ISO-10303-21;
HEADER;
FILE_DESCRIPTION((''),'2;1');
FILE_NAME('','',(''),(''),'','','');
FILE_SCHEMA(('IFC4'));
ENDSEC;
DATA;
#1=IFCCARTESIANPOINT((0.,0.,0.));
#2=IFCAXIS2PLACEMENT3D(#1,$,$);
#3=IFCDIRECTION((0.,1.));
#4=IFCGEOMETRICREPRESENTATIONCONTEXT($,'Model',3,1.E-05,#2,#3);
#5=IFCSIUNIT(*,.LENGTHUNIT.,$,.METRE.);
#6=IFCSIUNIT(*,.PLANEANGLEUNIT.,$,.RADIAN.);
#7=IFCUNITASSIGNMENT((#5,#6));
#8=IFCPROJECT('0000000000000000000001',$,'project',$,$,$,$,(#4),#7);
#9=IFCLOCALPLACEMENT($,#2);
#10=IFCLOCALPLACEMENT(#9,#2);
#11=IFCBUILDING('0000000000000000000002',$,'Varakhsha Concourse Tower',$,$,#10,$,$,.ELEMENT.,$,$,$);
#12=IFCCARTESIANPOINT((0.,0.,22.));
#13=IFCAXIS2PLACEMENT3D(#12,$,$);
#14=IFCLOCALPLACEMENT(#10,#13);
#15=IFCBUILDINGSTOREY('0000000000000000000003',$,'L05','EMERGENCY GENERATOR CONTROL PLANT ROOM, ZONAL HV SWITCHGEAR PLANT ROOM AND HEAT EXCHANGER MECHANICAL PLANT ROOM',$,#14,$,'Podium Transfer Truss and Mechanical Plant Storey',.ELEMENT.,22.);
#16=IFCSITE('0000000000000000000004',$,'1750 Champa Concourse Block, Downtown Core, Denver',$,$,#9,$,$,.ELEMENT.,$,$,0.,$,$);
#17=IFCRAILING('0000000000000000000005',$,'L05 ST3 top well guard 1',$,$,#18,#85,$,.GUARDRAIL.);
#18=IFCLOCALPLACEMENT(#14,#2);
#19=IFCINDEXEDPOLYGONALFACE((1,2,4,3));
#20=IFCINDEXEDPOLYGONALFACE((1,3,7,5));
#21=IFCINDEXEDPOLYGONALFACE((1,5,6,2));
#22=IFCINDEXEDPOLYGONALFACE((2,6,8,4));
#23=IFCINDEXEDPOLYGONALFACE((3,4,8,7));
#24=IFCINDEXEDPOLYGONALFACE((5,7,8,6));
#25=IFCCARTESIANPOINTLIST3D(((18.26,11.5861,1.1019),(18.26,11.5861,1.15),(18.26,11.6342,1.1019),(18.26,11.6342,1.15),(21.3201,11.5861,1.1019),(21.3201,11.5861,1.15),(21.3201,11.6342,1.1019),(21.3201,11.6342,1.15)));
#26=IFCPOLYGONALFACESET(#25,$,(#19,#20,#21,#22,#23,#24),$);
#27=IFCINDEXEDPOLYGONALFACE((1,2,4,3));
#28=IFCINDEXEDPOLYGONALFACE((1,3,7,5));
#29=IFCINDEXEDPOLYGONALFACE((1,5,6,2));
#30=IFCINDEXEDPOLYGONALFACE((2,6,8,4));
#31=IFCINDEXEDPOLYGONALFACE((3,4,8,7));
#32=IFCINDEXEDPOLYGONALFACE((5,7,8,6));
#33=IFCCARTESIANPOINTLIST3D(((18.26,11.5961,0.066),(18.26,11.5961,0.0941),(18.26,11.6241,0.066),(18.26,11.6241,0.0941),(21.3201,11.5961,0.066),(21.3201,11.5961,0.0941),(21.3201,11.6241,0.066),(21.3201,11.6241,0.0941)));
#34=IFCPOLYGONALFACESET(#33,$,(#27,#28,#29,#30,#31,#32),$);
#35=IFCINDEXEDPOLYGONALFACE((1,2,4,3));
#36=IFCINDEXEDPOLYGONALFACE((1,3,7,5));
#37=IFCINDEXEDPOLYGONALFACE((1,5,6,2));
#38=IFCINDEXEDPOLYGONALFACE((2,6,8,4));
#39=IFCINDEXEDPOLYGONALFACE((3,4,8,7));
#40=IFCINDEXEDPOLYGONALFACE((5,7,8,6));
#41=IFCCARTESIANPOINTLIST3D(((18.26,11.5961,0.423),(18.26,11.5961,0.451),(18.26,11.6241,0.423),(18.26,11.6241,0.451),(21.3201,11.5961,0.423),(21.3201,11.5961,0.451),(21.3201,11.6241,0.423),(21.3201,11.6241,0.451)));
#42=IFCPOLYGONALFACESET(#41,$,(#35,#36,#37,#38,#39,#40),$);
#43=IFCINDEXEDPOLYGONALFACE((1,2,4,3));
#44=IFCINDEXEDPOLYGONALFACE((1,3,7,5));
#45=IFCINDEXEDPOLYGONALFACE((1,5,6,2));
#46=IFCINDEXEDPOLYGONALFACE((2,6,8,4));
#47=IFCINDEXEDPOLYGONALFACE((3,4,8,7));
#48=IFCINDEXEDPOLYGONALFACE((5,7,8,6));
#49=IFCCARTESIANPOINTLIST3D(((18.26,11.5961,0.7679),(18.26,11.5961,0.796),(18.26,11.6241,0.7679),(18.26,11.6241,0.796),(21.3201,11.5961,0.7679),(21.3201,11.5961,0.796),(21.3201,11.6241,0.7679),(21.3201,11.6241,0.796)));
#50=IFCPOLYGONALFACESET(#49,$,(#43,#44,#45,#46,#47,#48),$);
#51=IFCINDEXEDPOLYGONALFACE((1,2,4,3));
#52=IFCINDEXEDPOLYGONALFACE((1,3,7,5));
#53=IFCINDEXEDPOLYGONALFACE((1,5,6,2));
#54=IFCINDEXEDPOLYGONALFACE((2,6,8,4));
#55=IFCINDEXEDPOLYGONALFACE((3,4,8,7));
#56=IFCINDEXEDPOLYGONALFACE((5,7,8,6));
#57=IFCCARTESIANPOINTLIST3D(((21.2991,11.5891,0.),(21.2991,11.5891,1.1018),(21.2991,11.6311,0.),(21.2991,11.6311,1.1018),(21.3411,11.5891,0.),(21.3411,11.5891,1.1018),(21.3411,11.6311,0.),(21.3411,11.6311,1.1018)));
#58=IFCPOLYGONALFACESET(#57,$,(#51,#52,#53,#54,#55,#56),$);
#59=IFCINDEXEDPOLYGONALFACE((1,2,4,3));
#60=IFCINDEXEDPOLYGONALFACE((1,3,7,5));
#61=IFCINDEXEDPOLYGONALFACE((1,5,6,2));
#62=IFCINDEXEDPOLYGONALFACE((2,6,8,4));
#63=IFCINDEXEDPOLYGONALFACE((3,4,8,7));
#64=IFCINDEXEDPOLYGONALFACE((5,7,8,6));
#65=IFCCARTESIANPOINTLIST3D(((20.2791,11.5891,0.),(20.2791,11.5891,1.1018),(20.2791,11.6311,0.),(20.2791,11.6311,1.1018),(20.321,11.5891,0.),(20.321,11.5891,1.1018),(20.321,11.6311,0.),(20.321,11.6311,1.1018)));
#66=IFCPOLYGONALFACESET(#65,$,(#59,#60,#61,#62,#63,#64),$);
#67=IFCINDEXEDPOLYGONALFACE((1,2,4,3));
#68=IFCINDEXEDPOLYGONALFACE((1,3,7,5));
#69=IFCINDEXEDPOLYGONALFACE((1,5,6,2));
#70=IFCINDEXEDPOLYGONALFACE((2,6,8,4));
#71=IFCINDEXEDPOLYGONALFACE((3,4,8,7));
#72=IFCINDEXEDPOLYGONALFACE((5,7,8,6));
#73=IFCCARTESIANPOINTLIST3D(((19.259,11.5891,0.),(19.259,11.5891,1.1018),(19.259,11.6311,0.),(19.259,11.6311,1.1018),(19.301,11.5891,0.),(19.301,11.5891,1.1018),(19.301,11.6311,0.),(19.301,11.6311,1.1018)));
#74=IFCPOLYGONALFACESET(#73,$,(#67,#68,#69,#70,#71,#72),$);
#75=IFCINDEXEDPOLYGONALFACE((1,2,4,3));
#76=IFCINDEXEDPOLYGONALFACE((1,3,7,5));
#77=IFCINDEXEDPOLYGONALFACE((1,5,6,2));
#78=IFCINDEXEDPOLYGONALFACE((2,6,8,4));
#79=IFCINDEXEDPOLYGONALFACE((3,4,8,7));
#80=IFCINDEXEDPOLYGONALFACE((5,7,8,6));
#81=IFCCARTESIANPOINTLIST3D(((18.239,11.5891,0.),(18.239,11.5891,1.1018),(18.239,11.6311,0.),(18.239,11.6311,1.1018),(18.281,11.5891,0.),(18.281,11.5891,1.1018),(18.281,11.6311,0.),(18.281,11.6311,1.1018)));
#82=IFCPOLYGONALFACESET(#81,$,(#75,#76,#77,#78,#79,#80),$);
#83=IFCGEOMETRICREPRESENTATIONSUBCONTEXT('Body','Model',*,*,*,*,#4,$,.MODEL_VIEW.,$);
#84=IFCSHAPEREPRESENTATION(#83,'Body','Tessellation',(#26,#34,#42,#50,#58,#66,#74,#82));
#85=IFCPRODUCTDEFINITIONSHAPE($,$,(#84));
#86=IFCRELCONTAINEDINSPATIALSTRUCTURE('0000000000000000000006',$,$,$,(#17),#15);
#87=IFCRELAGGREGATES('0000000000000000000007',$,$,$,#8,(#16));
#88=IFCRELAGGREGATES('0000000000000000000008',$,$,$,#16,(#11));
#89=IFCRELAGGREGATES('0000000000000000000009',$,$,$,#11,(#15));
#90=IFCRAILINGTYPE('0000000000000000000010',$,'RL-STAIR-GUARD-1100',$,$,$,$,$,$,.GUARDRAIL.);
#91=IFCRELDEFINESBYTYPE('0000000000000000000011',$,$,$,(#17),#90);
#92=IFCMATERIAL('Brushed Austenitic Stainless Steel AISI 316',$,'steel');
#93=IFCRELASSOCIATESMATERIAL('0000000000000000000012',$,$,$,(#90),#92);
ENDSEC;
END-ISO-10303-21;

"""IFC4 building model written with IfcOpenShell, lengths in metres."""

from ifc_helpers import new_model, si_unit, direction, frame, origin, origin_2d, place, context, subcontext, project, spatial, rectangle, extrude, material, type_object, element, save


model = new_model("IFC4")

# Units and contexts
model_context = context("Model", 3, precision=1e-05, world=origin(), true_north=direction((0.0, 1.0)))
body_context = subcontext(model_context, "Body", "Model", "MODEL_VIEW")
ifc_project = project(units=[si_unit("LENGTHUNIT", "METRE"), si_unit("PLANEANGLEUNIT", "RADIAN")], contexts=[model_context])

# Site, building, storey
site_placement = place(None, origin())
site = spatial("IfcSite", under=ifc_project, at=site_placement, Name="1750 Champa Concourse Block, Downtown Core, Denver", CompositionType="ELEMENT", RefElevation=0.0)
building_placement = place(site_placement, origin())
building = spatial("IfcBuilding", under=site, at=building_placement, Name="Varakhsha Concourse Tower", CompositionType="ELEMENT")
storey_placement = place(building_placement, frame((0.0, 0.0, 22.0)))
storey = spatial("IfcBuildingStorey", under=building, at=storey_placement, Name="L05", Description="EMERGENCY GENERATOR CONTROL PLANT ROOM, ZONAL HV SWITCHGEAR PLANT ROOM AND HEAT EXCHANGER MECHANICAL PLANT ROOM", LongName="Podium Transfer Truss and Mechanical Plant Storey", CompositionType="ELEMENT", Elevation=22.0)

# Railing
ifc_material_1 = material(Name="Brushed Austenitic Stainless Steel AISI 316", Category="steel")
railing_type = type_object("IfcRailingType", Name="RL-STAIR-GUARD-1100", PredefinedType="GUARDRAIL", material=ifc_material_1)
railing_placement = place(storey_placement, frame((21.3201, 11.6101, 0.0)))
element("IfcRailing", 1, at=railing_placement, inside=storey, type_object=railing_type, Name="L05 ST3 top well guard 1", PredefinedType="GUARDRAIL", context=body_context, shape_type="SweptSolid", body=[
    extrude(rectangle(XDim=0.0481, YDim=0.0481, at=origin_2d()), frame((0.0, 0.0, 1.126), z_axis=(-1.0, 0.0, 0.0), x_axis=(0.0, -1.0, 0.0)), (0.0, 0.0, 1.0), 3.0601),
    extrude(rectangle(XDim=0.0281, YDim=0.0281, at=origin_2d()), frame((0.0, 0.0, 0.0801), z_axis=(-1.0, 0.0, 0.0), x_axis=(0.0, -1.0, 0.0)), (0.0, 0.0, 1.0), 3.0601),
    extrude(rectangle(XDim=0.0281, YDim=0.0281, at=origin_2d()), frame((0.0, 0.0, 0.437), z_axis=(-1.0, 0.0, 0.0), x_axis=(0.0, -1.0, 0.0)), (0.0, 0.0, 1.0), 3.0601),
    extrude(rectangle(XDim=0.0281, YDim=0.0281, at=origin_2d()), frame((0.0, 0.0, 0.782), z_axis=(-1.0, 0.0, 0.0), x_axis=(0.0, -1.0, 0.0)), (0.0, 0.0, 1.0), 3.0601),
    extrude(rectangle(XDim=0.042, YDim=0.042, at=origin_2d()), origin(), (0.0, 0.0, 1.0), 1.1018),
    extrude(rectangle(XDim=0.042, YDim=0.042, at=origin_2d()), frame((-1.02, 0.0, 0.0)), (0.0, 0.0, 1.0), 1.1018),
    extrude(rectangle(XDim=0.042, YDim=0.042, at=origin_2d()), frame((-2.04, 0.0, 0.0)), (0.0, 0.0, 1.0), 1.1018),
    extrude(rectangle(XDim=0.042, YDim=0.042, at=origin_2d()), frame((-3.0601, 0.0, 0.0)), (0.0, 0.0, 1.0), 1.1018),
])

save(model, "model.ifc")
